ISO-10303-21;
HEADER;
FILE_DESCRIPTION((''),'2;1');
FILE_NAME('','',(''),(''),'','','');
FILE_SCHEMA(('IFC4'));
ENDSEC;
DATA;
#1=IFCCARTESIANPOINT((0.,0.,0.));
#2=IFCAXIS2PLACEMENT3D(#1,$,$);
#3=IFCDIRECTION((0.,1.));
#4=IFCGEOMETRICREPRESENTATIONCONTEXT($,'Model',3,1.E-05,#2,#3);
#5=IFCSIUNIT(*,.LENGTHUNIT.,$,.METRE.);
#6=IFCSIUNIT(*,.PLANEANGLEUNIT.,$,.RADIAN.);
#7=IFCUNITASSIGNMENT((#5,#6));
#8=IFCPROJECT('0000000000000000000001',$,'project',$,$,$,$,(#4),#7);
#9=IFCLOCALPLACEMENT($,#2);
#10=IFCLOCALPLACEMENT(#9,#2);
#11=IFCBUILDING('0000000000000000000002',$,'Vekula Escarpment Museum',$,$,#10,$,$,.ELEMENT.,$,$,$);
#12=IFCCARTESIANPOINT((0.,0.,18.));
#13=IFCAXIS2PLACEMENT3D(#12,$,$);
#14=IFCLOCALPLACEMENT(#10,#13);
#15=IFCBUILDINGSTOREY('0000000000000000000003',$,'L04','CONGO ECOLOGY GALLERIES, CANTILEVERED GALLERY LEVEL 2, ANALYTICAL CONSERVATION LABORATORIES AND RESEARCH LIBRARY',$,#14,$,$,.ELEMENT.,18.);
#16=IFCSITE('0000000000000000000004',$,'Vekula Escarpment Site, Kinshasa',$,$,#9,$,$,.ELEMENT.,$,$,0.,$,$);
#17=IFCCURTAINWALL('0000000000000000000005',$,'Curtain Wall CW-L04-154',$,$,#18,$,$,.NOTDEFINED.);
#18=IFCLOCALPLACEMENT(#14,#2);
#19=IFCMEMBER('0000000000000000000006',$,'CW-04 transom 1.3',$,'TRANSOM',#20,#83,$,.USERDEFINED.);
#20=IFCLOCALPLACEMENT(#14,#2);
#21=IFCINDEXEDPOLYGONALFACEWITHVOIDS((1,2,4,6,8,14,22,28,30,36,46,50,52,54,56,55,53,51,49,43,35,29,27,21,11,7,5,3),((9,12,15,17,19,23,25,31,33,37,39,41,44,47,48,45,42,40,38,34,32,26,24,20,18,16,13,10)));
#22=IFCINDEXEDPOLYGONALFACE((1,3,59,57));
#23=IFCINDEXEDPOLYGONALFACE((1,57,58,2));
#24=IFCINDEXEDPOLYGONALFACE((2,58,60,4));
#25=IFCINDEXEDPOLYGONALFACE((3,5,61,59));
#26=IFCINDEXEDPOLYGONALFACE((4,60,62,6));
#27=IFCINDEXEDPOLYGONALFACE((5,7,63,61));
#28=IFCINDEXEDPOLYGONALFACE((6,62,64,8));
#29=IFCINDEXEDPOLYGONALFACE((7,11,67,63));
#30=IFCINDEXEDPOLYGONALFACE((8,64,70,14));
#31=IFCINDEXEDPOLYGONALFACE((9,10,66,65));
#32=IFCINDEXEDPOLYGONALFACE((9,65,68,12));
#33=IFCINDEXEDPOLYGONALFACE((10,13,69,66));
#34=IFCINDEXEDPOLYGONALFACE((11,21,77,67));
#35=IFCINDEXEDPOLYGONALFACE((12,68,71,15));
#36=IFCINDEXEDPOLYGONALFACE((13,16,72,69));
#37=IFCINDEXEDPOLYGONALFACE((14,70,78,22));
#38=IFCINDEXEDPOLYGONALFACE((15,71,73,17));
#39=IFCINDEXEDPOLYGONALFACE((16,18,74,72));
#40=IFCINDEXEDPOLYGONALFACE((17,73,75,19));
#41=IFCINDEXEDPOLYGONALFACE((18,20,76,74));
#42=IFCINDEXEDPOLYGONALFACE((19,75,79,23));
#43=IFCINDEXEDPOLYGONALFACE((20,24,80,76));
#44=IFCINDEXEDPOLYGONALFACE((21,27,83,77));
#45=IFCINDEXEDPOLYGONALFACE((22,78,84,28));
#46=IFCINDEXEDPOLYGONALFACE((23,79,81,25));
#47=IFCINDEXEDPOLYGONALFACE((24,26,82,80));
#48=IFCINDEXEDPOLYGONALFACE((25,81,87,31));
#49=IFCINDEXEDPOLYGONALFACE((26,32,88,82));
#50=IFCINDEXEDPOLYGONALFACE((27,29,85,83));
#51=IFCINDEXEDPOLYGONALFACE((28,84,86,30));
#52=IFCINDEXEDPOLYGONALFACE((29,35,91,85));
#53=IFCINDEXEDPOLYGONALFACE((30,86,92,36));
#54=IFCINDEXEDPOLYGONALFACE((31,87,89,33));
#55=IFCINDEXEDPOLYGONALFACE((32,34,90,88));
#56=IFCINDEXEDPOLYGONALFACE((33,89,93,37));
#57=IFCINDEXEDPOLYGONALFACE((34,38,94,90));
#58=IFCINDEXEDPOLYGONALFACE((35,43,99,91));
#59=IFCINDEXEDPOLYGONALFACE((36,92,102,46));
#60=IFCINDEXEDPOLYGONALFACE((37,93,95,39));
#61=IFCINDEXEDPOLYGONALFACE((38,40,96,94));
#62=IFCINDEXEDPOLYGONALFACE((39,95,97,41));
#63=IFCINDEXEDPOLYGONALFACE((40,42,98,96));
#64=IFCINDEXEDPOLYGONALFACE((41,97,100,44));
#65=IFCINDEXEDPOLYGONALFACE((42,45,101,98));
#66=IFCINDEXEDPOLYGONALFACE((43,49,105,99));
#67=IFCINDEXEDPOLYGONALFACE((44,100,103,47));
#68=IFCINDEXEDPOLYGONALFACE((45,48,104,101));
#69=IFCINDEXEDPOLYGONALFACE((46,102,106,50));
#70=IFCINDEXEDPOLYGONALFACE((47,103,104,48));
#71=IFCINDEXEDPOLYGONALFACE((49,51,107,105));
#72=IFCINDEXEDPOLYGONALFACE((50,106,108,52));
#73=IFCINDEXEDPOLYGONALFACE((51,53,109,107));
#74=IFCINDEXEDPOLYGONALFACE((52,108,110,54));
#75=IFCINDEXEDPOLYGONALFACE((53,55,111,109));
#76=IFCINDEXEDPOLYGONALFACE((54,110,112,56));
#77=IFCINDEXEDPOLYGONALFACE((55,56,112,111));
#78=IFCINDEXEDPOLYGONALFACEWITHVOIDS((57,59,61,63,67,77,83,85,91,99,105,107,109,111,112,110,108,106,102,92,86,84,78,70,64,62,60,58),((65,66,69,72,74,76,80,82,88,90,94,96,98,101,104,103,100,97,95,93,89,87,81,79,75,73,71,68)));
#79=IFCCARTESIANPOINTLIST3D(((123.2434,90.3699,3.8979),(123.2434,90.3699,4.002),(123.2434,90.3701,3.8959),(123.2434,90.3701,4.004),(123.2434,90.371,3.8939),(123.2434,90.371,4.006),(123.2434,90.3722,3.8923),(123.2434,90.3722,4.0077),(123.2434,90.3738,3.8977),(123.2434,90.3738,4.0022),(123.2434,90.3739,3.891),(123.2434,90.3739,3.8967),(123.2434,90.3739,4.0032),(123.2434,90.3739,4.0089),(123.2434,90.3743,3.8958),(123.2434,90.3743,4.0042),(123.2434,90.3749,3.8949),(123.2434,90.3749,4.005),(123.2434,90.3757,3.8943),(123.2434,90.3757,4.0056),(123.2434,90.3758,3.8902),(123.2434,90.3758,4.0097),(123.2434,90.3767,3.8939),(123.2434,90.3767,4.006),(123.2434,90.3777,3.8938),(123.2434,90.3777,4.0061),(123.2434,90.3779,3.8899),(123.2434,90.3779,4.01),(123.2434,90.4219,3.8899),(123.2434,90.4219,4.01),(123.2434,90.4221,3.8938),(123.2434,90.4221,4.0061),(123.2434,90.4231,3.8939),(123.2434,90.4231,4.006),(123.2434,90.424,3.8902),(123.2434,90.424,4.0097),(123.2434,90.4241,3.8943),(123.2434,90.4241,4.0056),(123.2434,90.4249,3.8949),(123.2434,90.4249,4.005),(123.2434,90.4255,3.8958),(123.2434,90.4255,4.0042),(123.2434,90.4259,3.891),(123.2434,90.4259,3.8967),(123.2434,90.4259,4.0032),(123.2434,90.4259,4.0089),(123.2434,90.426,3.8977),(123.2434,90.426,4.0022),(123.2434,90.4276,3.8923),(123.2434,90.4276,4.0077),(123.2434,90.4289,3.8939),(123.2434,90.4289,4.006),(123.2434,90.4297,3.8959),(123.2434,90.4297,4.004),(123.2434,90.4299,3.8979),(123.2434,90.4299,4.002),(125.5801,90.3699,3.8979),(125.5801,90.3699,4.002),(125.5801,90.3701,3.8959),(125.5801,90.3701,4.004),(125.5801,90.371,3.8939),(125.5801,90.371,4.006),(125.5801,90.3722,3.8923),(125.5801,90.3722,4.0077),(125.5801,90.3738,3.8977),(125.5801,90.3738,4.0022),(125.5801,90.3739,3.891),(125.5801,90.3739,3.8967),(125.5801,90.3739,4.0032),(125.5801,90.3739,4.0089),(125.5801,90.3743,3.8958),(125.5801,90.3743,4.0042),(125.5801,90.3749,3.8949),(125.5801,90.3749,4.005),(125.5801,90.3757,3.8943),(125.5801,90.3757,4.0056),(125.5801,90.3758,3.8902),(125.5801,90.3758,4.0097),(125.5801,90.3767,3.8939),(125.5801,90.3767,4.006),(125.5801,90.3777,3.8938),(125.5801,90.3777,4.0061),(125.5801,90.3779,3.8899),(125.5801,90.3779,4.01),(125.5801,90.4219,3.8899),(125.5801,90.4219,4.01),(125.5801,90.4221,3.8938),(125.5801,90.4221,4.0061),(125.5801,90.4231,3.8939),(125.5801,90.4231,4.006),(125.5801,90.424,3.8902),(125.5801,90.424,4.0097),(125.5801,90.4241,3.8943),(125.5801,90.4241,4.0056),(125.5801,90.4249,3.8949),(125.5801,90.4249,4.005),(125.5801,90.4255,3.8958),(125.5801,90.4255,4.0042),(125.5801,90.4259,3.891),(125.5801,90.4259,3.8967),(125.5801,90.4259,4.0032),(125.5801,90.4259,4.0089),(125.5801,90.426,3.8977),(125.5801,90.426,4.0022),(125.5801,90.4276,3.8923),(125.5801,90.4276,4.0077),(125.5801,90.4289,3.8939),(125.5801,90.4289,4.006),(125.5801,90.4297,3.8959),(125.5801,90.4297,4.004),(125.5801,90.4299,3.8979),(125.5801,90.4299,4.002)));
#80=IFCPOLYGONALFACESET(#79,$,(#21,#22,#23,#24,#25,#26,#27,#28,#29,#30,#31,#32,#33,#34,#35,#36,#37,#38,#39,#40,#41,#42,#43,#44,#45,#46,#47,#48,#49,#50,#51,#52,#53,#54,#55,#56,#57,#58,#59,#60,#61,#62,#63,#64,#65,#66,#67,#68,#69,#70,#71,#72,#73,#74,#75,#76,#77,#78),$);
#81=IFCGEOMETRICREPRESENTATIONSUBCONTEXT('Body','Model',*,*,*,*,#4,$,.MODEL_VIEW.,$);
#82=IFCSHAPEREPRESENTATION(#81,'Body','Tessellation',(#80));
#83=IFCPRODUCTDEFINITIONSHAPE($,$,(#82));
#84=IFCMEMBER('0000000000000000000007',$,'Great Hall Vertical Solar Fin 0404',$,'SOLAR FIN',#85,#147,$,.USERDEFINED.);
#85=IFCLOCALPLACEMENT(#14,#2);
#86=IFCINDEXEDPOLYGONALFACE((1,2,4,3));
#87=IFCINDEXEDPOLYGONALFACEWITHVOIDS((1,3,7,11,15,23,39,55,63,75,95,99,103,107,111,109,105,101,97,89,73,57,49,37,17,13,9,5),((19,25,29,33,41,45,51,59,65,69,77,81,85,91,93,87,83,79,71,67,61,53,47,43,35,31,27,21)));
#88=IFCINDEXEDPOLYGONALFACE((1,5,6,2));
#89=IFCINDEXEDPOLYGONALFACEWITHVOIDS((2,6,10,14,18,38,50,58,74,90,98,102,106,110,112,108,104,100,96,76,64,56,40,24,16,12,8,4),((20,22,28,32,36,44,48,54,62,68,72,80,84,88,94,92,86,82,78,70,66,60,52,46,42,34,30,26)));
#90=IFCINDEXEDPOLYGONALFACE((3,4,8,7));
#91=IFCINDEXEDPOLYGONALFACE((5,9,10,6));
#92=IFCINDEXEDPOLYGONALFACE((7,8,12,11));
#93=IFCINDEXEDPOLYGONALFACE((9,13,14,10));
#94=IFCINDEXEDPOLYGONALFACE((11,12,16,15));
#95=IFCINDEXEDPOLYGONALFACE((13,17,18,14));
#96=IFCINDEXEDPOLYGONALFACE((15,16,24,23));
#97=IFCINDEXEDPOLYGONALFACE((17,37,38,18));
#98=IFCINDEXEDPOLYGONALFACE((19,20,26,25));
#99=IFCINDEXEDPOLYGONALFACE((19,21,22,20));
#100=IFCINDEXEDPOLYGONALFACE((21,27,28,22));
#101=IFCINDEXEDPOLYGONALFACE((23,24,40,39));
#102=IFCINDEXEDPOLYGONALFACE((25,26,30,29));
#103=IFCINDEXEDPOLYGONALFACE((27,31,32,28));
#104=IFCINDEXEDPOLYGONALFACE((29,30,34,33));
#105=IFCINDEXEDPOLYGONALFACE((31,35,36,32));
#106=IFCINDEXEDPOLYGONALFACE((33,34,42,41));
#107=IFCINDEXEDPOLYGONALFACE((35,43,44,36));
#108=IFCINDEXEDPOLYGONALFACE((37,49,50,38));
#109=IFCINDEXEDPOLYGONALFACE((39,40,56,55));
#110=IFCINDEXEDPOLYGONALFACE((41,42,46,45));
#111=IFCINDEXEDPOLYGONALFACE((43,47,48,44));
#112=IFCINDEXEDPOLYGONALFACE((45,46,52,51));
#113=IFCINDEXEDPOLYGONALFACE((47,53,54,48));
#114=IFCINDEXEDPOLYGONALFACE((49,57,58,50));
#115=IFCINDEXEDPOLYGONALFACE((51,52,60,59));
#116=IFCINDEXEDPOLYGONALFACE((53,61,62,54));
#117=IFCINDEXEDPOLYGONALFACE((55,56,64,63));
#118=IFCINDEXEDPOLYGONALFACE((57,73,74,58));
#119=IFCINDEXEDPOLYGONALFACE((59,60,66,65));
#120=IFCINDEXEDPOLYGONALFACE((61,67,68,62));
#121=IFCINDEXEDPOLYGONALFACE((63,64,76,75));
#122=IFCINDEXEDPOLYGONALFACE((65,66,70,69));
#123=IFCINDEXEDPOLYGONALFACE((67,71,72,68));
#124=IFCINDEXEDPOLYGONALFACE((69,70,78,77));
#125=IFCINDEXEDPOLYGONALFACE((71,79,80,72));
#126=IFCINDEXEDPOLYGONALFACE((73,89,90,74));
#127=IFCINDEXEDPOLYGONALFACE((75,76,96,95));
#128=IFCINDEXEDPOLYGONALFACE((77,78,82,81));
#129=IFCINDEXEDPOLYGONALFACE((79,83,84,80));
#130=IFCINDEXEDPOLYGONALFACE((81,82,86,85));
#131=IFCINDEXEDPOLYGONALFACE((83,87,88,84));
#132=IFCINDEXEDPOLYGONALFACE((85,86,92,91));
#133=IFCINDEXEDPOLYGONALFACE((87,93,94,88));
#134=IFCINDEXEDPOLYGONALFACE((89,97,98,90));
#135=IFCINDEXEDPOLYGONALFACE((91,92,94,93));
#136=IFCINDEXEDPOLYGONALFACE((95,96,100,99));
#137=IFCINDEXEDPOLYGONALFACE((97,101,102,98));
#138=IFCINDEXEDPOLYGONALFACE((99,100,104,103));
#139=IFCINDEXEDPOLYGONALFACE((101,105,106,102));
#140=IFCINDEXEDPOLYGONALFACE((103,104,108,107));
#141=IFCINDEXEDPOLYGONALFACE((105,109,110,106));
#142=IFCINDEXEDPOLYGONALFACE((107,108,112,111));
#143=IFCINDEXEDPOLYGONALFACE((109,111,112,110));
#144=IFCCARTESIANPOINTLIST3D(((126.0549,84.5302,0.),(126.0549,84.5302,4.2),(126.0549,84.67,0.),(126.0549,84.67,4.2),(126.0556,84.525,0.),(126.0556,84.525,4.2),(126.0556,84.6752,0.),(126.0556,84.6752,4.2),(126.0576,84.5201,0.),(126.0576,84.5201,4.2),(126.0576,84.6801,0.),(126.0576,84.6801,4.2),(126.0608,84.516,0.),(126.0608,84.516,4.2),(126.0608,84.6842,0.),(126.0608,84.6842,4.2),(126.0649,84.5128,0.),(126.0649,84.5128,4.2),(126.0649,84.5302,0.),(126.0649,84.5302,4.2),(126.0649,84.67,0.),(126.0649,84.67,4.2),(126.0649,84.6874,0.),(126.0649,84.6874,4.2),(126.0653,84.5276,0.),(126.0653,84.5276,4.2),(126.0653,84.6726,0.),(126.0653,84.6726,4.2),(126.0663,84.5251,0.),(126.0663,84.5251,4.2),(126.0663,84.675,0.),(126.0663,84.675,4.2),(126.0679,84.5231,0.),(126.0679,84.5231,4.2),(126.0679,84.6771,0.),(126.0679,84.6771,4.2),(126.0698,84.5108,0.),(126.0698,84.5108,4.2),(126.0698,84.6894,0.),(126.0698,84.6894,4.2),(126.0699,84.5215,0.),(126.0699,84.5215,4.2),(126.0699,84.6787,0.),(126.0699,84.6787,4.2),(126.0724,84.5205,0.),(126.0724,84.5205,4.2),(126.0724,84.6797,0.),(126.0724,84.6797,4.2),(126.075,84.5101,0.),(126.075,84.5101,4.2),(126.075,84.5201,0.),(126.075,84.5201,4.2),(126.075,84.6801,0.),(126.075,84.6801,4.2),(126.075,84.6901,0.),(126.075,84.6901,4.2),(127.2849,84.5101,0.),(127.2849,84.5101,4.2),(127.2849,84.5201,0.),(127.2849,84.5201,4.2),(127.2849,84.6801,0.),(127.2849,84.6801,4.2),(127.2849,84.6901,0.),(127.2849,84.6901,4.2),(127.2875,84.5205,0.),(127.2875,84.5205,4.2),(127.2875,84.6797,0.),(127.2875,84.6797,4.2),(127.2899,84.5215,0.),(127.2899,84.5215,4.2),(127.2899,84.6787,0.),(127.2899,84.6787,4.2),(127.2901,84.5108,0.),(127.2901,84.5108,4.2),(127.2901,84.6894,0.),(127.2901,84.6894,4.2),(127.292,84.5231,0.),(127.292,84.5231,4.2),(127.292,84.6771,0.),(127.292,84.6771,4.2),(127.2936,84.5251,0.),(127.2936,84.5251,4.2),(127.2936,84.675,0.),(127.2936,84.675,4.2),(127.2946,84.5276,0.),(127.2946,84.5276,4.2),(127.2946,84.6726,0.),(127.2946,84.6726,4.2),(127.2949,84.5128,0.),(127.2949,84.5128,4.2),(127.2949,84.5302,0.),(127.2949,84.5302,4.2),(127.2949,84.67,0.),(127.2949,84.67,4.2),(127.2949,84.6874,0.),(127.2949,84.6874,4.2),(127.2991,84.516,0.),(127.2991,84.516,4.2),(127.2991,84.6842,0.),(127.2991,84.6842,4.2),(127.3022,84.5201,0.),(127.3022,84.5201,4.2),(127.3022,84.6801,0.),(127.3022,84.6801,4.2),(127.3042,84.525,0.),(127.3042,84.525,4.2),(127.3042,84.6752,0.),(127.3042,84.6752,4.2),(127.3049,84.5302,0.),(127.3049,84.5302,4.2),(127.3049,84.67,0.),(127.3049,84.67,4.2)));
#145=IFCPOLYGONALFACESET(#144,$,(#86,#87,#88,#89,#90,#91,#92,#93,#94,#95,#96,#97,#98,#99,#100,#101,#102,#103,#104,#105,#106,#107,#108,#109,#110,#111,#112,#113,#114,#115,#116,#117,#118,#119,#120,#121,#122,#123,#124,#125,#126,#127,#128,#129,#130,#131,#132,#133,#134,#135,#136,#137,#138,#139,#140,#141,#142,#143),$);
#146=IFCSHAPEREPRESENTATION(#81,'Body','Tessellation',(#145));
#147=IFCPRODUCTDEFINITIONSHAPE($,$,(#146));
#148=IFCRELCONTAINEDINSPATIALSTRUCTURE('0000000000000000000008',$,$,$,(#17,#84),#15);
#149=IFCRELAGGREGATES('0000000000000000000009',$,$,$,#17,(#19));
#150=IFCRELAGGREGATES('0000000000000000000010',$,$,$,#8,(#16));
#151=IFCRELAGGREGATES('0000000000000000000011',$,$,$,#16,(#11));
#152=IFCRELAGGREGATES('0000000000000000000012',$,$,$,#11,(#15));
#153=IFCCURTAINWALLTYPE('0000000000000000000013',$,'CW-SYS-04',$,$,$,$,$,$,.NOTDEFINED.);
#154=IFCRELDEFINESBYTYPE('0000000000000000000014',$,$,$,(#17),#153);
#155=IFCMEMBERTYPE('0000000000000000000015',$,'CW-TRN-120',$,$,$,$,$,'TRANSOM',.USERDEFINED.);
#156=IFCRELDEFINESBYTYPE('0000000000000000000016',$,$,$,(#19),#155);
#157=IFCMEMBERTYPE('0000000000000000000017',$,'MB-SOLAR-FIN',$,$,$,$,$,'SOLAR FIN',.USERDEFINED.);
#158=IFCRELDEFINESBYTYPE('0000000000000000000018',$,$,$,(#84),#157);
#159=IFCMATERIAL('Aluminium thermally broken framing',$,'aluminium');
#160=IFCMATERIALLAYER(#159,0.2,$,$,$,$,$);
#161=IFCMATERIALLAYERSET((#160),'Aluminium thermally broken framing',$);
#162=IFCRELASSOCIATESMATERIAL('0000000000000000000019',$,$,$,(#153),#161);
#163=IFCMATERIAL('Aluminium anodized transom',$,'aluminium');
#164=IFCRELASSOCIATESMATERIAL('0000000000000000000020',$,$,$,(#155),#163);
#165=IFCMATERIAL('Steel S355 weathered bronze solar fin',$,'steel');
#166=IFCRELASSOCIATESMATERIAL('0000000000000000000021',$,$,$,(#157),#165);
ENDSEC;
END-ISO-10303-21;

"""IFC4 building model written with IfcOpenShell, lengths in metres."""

from ifc_helpers import new_model, si_unit, direction, frame, origin, origin_2d, place, context, subcontext, project, spatial, hollow_rectangle, extrude, material, layer, layer_set, material_profile, profile_set, type_object, element, aggregate, save


model = new_model("IFC4")

# Units and contexts
model_context = context("Model", 3, precision=1e-05, world=origin(), true_north=direction((0.0, 1.0)))
body_context = subcontext(model_context, "Body", "Model", "MODEL_VIEW")
ifc_project = project(units=[si_unit("LENGTHUNIT", "METRE"), si_unit("PLANEANGLEUNIT", "RADIAN")], contexts=[model_context])

# Site, building, storey
site_placement = place(None, origin())
site = spatial("IfcSite", under=ifc_project, at=site_placement, Name="Vekula Escarpment Site, Kinshasa", CompositionType="ELEMENT", RefElevation=0.0)
building_placement = place(site_placement, origin())
building = spatial("IfcBuilding", under=site, at=building_placement, Name="Vekula Escarpment Museum", CompositionType="ELEMENT")
storey_placement = place(building_placement, frame((0.0, 0.0, 18.0)))
storey = spatial("IfcBuildingStorey", under=building, at=storey_placement, Name="L04", Description="CONGO ECOLOGY GALLERIES, CANTILEVERED GALLERY LEVEL 2, ANALYTICAL CONSERVATION LABORATORIES AND RESEARCH LIBRARY", CompositionType="ELEMENT", Elevation=18.0)

# Curtain wall
ifc_material_1 = material(Name="Aluminium thermally broken framing", Category="aluminium")
ifc_layer_1 = layer(ifc_material_1, 0.2)
ifc_layer_set_1 = layer_set([ifc_layer_1], Name="Aluminium thermally broken framing")
curtain_wall_type_1 = type_object("IfcCurtainWallType", Name="CW-SYS-04", PredefinedType="NOTDEFINED", material=ifc_layer_set_1)
curtain_wall_1_placement = place(storey_placement, origin())
curtain_wall_1 = element("IfcCurtainWall", 1, at=curtain_wall_1_placement, inside=storey, type_object=curtain_wall_type_1, Name="Curtain Wall CW-L04-154", PredefinedType="NOTDEFINED")

# Member
ifc_material_2 = material(Name="Aluminium anodized transom", Category="aluminium")
ifc_material_profile_1 = material_profile(ifc_material_2, hollow_rectangle(XDim=0.0601, YDim=0.1201, WallThickness=0.0039, InnerFilletRadius=0.0039, OuterFilletRadius=0.0081, at=origin_2d()), Name="ALU 120x60x4")
ifc_profile_set_1 = profile_set([ifc_material_profile_1], Name="Aluminium anodized transom")
member_type_1 = type_object("IfcMemberType", Name="CW-TRN-120", ElementType="TRANSOM", PredefinedType="USERDEFINED", material=ifc_profile_set_1)
member_1_placement = place(storey_placement, frame((125.5801, 90.3999, 3.95), z_axis=(-1.0, 0.0, 0.0), x_axis=(0.0, -1.0, 0.0)))
member_1 = element("IfcMember", 2, at=member_1_placement, type_object=member_type_1, Name="CW-04 transom 1.3", ObjectType="TRANSOM", PredefinedType="USERDEFINED", context=body_context, shape_type="SweptSolid", body=[
    extrude(hollow_rectangle(XDim=0.0601, YDim=0.1201, WallThickness=0.0039, InnerFilletRadius=0.0039, OuterFilletRadius=0.0081, at=origin_2d()), origin(), (0.0, 0.0, 1.0), 2.3367),
])
aggregate(curtain_wall_1, [member_1])

# Member
ifc_material_3 = material(Name="Steel S355 weathered bronze solar fin", Category="steel")
ifc_material_profile_2 = material_profile(ifc_material_3, hollow_rectangle(XDim=0.1799, YDim=1.25, WallThickness=0.01, InnerFilletRadius=0.01, OuterFilletRadius=0.02, at=origin_2d()), Name="RHS 1250x180x10")
ifc_profile_set_2 = profile_set([ifc_material_profile_2], Name="Steel S355 weathered bronze solar fin")
member_type_2 = type_object("IfcMemberType", Name="MB-SOLAR-FIN", ElementType="SOLAR FIN", PredefinedType="USERDEFINED", material=ifc_profile_set_2)
for number, where, z_axis, x_axis, name in (
    (3, (126.6799, 84.6001, 0.0), (0.0, 0.0, 1.0), (0.0, 1.0, 0.0), "Great Hall Vertical Solar Fin 0404"),
):
    element("IfcMember", number, at=place(storey_placement, frame(where, z_axis=z_axis, x_axis=x_axis)), inside=storey, type_object=member_type_2, Name=name, ObjectType="SOLAR FIN", PredefinedType="USERDEFINED", context=body_context, shape_type="SweptSolid", body=[
        extrude(hollow_rectangle(XDim=0.1799, YDim=1.25, WallThickness=0.01, InnerFilletRadius=0.01, OuterFilletRadius=0.02, at=origin_2d()), origin(), (0.0, 0.0, 1.0), 4.2),
    ])

save(model, "model.ifc")
